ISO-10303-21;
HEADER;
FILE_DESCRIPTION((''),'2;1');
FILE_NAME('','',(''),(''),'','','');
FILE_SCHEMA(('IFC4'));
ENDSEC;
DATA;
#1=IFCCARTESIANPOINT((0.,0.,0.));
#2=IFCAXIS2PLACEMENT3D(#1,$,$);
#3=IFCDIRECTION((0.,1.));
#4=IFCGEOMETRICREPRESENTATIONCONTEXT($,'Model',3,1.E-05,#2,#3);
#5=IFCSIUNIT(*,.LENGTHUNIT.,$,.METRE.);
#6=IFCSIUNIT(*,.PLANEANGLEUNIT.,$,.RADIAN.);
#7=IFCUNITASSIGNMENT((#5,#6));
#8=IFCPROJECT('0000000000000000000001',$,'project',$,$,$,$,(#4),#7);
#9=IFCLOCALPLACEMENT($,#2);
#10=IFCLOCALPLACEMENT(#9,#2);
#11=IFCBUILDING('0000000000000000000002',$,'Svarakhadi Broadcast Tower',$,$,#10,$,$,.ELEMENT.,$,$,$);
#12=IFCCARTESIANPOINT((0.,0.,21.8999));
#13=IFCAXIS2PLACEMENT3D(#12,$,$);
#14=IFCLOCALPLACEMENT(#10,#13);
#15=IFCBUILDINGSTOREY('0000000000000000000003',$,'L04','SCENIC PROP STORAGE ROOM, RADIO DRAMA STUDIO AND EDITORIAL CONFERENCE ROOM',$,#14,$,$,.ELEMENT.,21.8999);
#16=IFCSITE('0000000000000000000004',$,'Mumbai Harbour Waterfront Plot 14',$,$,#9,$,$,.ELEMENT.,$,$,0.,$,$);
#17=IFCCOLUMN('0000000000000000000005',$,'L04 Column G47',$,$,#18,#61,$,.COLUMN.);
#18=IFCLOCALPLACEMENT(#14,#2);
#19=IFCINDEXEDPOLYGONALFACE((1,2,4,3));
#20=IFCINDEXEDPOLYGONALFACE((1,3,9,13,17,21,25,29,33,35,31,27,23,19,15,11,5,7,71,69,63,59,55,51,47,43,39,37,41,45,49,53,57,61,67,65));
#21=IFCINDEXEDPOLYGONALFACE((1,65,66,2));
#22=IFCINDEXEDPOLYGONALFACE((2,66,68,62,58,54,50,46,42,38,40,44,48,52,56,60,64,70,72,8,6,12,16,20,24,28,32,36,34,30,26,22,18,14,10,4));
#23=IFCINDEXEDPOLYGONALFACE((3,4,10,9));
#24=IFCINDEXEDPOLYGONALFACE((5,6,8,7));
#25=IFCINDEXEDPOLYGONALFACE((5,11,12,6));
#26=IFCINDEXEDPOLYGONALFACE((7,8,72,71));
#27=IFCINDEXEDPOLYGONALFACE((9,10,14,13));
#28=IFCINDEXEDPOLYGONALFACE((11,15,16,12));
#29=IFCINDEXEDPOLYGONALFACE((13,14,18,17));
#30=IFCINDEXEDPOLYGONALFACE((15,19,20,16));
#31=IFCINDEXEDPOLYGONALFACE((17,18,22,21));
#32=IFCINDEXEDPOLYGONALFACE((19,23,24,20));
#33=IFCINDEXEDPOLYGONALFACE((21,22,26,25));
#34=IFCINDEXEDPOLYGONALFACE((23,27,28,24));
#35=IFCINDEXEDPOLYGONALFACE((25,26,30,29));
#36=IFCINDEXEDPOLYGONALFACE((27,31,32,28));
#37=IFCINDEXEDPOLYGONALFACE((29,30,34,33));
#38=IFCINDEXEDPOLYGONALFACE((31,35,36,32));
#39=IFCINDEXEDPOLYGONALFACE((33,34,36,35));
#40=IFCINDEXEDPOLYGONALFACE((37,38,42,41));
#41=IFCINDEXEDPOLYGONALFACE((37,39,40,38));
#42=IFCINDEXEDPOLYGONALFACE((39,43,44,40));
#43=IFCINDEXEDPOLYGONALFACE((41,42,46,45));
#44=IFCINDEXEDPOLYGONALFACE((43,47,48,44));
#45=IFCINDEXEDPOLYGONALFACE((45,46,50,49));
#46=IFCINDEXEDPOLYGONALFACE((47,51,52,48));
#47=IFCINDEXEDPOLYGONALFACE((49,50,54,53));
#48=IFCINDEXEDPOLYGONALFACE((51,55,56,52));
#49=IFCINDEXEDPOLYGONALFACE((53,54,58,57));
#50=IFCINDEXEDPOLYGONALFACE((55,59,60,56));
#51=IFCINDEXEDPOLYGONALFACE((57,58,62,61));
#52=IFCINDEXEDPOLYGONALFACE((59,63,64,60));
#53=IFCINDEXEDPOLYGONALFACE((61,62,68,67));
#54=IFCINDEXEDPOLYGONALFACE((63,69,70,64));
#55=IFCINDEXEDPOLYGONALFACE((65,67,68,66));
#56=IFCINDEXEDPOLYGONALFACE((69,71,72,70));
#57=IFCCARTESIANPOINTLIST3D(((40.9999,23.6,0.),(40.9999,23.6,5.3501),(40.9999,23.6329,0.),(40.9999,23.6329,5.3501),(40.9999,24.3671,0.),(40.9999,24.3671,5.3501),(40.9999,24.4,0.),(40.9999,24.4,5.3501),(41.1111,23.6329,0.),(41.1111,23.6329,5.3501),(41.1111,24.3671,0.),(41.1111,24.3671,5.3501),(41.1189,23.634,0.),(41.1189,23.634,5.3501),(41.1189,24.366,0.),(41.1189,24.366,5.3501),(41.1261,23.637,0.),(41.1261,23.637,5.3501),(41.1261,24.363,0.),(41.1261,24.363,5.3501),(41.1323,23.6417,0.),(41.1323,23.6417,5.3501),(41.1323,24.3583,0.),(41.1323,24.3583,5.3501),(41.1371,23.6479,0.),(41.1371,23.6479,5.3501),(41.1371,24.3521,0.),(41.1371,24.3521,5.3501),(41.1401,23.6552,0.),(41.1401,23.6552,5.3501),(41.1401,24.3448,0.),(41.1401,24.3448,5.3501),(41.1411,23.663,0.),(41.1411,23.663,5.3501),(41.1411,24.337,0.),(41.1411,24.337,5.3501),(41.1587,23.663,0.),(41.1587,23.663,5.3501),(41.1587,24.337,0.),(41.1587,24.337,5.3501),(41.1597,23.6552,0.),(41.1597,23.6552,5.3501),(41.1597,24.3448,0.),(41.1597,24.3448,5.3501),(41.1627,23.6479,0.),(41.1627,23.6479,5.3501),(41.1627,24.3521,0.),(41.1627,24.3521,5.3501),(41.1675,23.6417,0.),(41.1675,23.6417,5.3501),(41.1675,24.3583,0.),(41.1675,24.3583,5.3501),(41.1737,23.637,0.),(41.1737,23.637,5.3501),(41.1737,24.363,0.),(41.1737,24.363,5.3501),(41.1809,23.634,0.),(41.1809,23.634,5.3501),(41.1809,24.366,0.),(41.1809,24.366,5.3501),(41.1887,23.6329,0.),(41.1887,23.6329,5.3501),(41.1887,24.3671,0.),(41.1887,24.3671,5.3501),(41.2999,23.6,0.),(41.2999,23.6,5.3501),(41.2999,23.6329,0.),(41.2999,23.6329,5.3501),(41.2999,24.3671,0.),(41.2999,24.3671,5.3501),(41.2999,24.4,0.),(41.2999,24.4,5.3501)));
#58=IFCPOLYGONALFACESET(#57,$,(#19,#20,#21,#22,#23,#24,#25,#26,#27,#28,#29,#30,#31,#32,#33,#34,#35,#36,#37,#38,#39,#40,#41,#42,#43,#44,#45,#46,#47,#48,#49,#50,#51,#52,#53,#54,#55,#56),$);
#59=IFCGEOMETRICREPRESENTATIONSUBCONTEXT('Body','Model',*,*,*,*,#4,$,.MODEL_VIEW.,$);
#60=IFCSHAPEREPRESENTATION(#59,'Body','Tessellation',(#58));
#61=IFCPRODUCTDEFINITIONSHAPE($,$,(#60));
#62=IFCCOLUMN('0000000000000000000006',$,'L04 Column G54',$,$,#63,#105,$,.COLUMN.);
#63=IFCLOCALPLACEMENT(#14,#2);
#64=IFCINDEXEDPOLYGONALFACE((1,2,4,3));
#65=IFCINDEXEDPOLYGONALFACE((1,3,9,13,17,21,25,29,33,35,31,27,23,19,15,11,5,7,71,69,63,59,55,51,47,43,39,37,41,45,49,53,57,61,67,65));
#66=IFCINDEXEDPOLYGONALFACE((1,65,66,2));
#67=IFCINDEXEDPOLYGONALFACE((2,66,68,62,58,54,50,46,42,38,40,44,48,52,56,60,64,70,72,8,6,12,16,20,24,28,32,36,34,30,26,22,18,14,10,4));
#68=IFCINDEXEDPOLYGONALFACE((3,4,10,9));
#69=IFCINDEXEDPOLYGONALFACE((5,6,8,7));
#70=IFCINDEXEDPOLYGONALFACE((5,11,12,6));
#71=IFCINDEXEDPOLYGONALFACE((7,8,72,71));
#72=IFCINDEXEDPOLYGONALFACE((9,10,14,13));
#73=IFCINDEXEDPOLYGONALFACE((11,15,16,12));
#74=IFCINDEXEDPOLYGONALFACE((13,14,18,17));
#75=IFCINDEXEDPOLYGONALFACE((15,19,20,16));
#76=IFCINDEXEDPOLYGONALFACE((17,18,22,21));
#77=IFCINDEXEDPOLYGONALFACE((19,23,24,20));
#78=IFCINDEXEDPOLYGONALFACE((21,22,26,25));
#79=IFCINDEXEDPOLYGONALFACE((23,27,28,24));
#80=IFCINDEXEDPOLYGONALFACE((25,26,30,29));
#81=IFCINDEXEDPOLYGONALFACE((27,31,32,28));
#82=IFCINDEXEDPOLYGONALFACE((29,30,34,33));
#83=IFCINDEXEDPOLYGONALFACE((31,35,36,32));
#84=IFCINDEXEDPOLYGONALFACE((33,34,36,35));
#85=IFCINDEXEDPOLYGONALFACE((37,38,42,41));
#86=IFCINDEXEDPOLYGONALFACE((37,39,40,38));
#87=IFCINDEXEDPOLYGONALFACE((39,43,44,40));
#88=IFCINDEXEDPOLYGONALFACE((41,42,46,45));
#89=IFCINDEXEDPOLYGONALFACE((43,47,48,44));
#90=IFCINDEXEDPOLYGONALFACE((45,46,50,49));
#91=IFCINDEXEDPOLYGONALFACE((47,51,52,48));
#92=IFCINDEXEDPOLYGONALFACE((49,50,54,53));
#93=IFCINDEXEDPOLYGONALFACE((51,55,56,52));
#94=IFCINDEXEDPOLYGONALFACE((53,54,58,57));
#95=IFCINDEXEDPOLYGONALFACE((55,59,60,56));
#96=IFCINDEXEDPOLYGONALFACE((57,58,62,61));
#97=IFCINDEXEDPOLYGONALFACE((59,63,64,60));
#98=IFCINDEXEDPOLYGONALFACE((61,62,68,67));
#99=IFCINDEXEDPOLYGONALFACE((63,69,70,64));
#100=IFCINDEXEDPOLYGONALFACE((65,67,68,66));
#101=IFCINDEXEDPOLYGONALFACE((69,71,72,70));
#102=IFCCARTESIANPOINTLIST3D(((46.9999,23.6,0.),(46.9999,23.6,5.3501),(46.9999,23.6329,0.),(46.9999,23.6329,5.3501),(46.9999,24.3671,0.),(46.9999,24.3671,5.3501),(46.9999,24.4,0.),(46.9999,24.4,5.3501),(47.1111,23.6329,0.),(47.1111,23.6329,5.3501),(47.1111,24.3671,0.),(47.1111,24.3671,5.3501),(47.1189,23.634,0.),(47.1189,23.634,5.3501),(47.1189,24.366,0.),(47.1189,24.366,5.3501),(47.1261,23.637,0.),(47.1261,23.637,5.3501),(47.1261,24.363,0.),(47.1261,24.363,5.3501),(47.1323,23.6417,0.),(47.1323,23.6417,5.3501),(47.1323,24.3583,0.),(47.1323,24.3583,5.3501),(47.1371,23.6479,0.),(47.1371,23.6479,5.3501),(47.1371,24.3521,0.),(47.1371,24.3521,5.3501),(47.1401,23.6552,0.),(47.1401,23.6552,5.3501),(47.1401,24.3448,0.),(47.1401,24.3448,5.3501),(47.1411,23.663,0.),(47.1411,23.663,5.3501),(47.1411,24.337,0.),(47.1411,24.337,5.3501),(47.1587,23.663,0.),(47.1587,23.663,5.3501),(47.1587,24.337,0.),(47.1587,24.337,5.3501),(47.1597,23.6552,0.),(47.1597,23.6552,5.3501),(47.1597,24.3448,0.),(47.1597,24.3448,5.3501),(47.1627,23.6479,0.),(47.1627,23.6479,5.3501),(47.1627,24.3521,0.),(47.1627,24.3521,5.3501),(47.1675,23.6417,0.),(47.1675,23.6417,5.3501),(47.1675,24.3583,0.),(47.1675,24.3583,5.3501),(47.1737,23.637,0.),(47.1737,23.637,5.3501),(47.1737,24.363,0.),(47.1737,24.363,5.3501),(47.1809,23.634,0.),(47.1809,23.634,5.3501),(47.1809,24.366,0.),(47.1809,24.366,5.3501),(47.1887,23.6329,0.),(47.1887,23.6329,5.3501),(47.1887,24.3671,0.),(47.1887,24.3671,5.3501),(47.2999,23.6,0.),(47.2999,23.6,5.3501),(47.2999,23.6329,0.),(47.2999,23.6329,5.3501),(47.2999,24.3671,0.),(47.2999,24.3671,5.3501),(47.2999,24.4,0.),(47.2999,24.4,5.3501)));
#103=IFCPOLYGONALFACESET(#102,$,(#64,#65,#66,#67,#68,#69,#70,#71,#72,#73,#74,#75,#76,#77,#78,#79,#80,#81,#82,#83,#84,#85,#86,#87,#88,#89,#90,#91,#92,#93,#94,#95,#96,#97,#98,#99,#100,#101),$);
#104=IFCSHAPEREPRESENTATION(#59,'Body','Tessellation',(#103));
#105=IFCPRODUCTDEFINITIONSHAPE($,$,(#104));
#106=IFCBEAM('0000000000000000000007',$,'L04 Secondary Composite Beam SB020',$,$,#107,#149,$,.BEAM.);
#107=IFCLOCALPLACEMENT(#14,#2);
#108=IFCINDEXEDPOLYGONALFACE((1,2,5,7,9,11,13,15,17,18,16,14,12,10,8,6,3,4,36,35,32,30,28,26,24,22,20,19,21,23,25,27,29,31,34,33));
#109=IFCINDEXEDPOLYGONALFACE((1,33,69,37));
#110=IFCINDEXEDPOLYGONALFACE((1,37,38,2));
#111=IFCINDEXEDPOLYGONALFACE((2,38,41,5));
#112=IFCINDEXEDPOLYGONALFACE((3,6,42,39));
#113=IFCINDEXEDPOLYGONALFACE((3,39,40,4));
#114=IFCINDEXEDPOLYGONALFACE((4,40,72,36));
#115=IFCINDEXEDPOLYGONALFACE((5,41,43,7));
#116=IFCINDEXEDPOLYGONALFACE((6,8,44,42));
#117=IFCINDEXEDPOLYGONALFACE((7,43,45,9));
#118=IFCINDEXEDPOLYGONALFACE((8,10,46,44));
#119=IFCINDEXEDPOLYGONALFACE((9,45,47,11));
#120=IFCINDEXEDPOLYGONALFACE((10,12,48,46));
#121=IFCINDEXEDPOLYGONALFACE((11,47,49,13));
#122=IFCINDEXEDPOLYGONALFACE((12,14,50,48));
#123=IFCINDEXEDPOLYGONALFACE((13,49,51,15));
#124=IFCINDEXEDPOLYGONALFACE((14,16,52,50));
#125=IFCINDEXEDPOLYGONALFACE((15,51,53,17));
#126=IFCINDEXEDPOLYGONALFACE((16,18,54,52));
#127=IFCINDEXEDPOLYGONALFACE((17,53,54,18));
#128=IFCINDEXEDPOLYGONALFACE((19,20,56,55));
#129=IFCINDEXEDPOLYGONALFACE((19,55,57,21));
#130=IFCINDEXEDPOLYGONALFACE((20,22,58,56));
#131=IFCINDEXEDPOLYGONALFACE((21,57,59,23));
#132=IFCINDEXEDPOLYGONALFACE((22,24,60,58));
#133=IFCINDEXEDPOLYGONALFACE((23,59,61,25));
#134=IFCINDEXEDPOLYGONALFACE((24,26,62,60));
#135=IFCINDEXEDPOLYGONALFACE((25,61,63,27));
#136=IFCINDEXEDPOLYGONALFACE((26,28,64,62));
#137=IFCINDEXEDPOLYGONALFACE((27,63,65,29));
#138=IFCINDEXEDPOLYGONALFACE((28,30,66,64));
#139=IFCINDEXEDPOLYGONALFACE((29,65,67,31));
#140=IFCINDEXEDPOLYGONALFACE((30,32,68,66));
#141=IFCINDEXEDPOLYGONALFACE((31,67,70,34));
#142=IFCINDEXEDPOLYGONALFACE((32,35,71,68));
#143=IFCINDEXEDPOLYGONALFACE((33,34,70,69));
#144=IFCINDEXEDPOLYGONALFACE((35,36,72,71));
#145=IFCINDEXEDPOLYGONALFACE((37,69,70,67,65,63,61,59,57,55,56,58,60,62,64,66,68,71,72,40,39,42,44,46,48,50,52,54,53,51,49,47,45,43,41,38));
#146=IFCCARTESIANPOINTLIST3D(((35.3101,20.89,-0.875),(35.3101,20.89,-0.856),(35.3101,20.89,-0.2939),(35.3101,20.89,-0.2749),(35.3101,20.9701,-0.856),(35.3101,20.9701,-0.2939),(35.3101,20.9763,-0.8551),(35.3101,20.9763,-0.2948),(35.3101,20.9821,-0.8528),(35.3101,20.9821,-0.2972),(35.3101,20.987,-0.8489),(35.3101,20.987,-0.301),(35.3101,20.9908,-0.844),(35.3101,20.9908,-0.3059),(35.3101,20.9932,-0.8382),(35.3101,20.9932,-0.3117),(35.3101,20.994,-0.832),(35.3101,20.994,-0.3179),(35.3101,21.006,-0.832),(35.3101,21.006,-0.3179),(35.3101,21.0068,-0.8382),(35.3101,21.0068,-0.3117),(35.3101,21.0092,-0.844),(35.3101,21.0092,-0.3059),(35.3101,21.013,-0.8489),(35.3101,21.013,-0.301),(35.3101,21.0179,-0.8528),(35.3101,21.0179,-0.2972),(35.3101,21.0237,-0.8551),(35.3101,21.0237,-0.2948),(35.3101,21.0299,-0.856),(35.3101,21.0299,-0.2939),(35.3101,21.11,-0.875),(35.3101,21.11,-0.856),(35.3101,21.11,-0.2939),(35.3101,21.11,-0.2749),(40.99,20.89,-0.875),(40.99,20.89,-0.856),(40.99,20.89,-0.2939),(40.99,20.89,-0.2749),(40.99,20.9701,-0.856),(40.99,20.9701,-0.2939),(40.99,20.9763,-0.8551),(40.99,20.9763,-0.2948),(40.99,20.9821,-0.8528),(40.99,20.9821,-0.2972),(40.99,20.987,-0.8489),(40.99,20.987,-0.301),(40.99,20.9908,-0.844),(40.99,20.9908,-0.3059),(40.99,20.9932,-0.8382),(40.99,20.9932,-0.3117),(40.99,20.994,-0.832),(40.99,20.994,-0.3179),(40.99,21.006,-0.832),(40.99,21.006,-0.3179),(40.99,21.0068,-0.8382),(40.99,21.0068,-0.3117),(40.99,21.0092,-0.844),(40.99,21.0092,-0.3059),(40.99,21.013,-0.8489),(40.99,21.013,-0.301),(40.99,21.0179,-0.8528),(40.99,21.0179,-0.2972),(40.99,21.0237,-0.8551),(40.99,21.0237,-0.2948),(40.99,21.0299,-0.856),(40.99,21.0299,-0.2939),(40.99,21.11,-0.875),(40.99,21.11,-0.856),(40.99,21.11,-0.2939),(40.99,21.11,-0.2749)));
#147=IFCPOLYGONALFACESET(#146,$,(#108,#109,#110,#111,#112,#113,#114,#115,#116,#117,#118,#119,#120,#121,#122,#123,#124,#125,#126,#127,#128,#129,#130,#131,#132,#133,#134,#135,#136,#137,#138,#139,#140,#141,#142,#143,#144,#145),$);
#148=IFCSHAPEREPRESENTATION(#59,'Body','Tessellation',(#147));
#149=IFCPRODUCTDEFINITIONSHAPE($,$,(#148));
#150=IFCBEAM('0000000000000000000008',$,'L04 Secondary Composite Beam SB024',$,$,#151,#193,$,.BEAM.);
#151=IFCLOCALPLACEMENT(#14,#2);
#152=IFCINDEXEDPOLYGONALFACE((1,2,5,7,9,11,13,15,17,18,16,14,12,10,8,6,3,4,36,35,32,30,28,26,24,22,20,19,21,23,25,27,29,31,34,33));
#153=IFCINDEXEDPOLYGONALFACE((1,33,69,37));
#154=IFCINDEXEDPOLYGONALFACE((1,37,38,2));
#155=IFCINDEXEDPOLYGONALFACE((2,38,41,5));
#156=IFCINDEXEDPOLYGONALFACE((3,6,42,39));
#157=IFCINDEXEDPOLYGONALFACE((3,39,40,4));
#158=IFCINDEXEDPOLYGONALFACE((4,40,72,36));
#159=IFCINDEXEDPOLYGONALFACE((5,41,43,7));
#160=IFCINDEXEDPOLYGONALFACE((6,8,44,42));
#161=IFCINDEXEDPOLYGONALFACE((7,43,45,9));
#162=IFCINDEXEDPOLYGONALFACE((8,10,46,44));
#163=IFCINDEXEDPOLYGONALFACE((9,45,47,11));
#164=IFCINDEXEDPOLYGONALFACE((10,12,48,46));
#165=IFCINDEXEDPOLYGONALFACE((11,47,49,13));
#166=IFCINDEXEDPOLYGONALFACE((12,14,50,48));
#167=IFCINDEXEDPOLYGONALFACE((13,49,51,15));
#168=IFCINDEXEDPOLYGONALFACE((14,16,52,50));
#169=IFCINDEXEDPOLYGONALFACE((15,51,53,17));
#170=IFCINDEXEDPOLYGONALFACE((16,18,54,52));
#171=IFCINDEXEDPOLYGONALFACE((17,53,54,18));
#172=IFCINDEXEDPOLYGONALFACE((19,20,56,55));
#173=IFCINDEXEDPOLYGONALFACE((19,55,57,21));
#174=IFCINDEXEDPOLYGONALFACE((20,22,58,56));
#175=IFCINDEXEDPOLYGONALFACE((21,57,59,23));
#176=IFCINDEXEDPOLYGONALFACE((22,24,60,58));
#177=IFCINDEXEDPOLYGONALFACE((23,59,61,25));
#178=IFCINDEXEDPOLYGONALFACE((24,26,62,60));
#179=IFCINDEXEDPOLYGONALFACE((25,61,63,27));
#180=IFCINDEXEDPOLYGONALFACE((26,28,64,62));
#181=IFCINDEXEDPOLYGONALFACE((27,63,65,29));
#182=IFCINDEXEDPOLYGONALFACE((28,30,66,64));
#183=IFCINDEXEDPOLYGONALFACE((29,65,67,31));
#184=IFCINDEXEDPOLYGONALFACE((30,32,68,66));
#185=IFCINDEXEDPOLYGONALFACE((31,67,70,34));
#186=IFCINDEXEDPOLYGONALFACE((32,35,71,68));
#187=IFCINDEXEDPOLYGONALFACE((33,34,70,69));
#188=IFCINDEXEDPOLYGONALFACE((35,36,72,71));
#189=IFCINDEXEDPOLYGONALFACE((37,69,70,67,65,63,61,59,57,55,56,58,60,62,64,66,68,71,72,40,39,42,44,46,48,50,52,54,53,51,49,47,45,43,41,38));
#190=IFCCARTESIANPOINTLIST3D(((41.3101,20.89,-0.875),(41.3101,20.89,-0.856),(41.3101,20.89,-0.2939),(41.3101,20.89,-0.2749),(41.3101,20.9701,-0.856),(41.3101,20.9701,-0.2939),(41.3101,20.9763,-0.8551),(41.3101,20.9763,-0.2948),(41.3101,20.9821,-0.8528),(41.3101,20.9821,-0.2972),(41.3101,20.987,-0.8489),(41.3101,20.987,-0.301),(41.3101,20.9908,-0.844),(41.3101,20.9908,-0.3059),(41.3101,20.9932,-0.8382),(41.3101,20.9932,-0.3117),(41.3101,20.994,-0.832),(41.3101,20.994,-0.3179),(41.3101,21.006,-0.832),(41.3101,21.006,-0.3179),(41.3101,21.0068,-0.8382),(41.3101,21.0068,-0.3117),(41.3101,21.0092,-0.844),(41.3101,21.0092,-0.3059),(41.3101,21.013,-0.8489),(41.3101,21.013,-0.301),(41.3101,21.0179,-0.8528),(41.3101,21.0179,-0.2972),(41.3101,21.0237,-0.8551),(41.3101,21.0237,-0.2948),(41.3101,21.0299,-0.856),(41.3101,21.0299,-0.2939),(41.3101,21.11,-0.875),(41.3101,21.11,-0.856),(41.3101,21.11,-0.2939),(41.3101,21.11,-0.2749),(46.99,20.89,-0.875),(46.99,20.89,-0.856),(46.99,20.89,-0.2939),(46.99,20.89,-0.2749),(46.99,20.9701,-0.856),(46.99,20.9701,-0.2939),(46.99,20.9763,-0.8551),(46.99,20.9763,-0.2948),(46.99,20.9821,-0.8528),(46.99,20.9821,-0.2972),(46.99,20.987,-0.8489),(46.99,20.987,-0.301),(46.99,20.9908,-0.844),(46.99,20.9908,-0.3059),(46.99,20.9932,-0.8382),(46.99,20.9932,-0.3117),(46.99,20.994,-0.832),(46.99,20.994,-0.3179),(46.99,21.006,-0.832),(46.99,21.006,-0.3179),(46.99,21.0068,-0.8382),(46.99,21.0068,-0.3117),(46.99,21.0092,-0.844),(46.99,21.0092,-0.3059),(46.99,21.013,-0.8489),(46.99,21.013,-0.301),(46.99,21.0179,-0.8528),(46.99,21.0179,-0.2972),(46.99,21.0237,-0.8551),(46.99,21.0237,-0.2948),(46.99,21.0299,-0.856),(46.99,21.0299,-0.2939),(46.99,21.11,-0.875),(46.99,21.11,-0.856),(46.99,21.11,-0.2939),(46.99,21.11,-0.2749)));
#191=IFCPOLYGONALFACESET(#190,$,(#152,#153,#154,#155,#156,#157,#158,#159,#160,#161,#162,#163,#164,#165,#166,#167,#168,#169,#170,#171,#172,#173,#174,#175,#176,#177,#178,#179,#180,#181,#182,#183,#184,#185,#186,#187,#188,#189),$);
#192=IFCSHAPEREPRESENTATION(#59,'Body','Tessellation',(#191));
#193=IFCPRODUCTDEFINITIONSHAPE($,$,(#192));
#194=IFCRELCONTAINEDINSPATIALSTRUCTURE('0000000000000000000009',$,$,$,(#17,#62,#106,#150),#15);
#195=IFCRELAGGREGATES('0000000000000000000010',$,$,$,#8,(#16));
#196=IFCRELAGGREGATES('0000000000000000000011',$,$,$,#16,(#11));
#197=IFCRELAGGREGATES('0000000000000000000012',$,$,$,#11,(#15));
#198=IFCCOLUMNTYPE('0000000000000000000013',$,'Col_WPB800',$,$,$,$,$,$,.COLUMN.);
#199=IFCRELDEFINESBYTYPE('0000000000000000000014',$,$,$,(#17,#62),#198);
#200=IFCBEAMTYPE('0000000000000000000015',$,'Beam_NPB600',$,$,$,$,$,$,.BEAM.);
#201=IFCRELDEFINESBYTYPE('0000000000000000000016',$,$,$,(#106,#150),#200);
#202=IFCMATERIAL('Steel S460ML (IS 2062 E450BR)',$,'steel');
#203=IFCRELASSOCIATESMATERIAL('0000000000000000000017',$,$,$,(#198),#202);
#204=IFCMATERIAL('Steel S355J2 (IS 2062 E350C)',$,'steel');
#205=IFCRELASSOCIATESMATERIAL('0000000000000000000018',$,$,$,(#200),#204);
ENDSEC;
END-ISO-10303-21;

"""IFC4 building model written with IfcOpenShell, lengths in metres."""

from ifc_helpers import new_model, si_unit, direction, frame, origin, origin_2d, place, context, subcontext, project, spatial, i_section, extrude, material, material_profile, profile_set, type_object, element, save


model = new_model("IFC4")

# Units and contexts
model_context = context("Model", 3, precision=1e-05, world=origin(), true_north=direction((0.0, 1.0)))
body_context = subcontext(model_context, "Body", "Model", "MODEL_VIEW")
ifc_project = project(units=[si_unit("LENGTHUNIT", "METRE"), si_unit("PLANEANGLEUNIT", "RADIAN")], contexts=[model_context])

# Site, building, storey
site_placement = place(None, origin())
site = spatial("IfcSite", under=ifc_project, at=site_placement, Name="Mumbai Harbour Waterfront Plot 14", CompositionType="ELEMENT", RefElevation=0.0)
building_placement = place(site_placement, origin())
building = spatial("IfcBuilding", under=site, at=building_placement, Name="Svarakhadi Broadcast Tower", CompositionType="ELEMENT")
storey_placement = place(building_placement, frame((0.0, 0.0, 21.8999)))
storey = spatial("IfcBuildingStorey", under=building, at=storey_placement, Name="L04", Description="SCENIC PROP STORAGE ROOM, RADIO DRAMA STUDIO AND EDITORIAL CONFERENCE ROOM", CompositionType="ELEMENT", Elevation=21.8999)

# Columns
ifc_material_1 = material(Name="Steel S460ML (IS 2062 E450BR)", Category="steel")
ifc_material_profile_1 = material_profile(ifc_material_1, i_section(OverallWidth=0.3, OverallDepth=0.8, WebThickness=0.0176, FlangeThickness=0.033, FilletRadius=0.03, at=origin_2d()), Name="WPB 800x300x262")
ifc_profile_set_1 = profile_set([ifc_material_profile_1], Name="Steel S460ML (IS 2062 E450BR)")
column_type_1 = type_object("IfcColumnType", Name="Col_WPB800", PredefinedType="COLUMN", material=ifc_profile_set_1)
for number, where, z_axis, x_axis, name in (
    (1, (41.1499, 24.0, 0.0), (0.0, 0.0, 1.0), (1.0, 0.0, 0.0), "L04 Column G47"),
    (2, (47.1499, 24.0, 0.0), (0.0, 0.0, 1.0), (1.0, 0.0, 0.0), "L04 Column G54"),
):
    element("IfcColumn", number, at=place(storey_placement, frame(where, z_axis=z_axis, x_axis=x_axis)), inside=storey, type_object=column_type_1, Name=name, PredefinedType="COLUMN", context=body_context, shape_type="SweptSolid", body=[
        extrude(i_section(OverallWidth=0.3, OverallDepth=0.8, WebThickness=0.0176, FlangeThickness=0.033, FilletRadius=0.03, at=origin_2d()), origin(), (0.0, 0.0, 1.0), 5.3501),
    ])

# Beams
ifc_material_2 = material(Name="Steel S355J2 (IS 2062 E350C)", Category="steel")
ifc_material_profile_2 = material_profile(ifc_material_2, i_section(OverallWidth=0.22, OverallDepth=0.6001, WebThickness=0.012, FlangeThickness=0.019, FilletRadius=0.0239, at=origin_2d()), Name="NPB 600x220x122")
ifc_profile_set_2 = profile_set([ifc_material_profile_2], Name="Steel S355J2 (IS 2062 E350C)")
beam_type_1 = type_object("IfcBeamType", Name="Beam_NPB600", PredefinedType="BEAM", material=ifc_profile_set_2)
for number, where, z_axis, x_axis, name in (
    (3, (35.3101, 21.0, -0.575), (1.0, 0.0, 0.0), (0.0, 1.0, 0.0), "L04 Secondary Composite Beam SB020"),
    (4, (41.3101, 21.0, -0.575), (1.0, 0.0, 0.0), (0.0, 1.0, 0.0), "L04 Secondary Composite Beam SB024"),
):
    element("IfcBeam", number, at=place(storey_placement, frame(where, z_axis=z_axis, x_axis=x_axis)), inside=storey, type_object=beam_type_1, Name=name, PredefinedType="BEAM", context=body_context, shape_type="SweptSolid", body=[
        extrude(i_section(OverallWidth=0.22, OverallDepth=0.6001, WebThickness=0.012, FlangeThickness=0.019, FilletRadius=0.0239, at=origin_2d()), origin(), (0.0, 0.0, 1.0), 5.6799),
    ])

save(model, "model.ifc")
